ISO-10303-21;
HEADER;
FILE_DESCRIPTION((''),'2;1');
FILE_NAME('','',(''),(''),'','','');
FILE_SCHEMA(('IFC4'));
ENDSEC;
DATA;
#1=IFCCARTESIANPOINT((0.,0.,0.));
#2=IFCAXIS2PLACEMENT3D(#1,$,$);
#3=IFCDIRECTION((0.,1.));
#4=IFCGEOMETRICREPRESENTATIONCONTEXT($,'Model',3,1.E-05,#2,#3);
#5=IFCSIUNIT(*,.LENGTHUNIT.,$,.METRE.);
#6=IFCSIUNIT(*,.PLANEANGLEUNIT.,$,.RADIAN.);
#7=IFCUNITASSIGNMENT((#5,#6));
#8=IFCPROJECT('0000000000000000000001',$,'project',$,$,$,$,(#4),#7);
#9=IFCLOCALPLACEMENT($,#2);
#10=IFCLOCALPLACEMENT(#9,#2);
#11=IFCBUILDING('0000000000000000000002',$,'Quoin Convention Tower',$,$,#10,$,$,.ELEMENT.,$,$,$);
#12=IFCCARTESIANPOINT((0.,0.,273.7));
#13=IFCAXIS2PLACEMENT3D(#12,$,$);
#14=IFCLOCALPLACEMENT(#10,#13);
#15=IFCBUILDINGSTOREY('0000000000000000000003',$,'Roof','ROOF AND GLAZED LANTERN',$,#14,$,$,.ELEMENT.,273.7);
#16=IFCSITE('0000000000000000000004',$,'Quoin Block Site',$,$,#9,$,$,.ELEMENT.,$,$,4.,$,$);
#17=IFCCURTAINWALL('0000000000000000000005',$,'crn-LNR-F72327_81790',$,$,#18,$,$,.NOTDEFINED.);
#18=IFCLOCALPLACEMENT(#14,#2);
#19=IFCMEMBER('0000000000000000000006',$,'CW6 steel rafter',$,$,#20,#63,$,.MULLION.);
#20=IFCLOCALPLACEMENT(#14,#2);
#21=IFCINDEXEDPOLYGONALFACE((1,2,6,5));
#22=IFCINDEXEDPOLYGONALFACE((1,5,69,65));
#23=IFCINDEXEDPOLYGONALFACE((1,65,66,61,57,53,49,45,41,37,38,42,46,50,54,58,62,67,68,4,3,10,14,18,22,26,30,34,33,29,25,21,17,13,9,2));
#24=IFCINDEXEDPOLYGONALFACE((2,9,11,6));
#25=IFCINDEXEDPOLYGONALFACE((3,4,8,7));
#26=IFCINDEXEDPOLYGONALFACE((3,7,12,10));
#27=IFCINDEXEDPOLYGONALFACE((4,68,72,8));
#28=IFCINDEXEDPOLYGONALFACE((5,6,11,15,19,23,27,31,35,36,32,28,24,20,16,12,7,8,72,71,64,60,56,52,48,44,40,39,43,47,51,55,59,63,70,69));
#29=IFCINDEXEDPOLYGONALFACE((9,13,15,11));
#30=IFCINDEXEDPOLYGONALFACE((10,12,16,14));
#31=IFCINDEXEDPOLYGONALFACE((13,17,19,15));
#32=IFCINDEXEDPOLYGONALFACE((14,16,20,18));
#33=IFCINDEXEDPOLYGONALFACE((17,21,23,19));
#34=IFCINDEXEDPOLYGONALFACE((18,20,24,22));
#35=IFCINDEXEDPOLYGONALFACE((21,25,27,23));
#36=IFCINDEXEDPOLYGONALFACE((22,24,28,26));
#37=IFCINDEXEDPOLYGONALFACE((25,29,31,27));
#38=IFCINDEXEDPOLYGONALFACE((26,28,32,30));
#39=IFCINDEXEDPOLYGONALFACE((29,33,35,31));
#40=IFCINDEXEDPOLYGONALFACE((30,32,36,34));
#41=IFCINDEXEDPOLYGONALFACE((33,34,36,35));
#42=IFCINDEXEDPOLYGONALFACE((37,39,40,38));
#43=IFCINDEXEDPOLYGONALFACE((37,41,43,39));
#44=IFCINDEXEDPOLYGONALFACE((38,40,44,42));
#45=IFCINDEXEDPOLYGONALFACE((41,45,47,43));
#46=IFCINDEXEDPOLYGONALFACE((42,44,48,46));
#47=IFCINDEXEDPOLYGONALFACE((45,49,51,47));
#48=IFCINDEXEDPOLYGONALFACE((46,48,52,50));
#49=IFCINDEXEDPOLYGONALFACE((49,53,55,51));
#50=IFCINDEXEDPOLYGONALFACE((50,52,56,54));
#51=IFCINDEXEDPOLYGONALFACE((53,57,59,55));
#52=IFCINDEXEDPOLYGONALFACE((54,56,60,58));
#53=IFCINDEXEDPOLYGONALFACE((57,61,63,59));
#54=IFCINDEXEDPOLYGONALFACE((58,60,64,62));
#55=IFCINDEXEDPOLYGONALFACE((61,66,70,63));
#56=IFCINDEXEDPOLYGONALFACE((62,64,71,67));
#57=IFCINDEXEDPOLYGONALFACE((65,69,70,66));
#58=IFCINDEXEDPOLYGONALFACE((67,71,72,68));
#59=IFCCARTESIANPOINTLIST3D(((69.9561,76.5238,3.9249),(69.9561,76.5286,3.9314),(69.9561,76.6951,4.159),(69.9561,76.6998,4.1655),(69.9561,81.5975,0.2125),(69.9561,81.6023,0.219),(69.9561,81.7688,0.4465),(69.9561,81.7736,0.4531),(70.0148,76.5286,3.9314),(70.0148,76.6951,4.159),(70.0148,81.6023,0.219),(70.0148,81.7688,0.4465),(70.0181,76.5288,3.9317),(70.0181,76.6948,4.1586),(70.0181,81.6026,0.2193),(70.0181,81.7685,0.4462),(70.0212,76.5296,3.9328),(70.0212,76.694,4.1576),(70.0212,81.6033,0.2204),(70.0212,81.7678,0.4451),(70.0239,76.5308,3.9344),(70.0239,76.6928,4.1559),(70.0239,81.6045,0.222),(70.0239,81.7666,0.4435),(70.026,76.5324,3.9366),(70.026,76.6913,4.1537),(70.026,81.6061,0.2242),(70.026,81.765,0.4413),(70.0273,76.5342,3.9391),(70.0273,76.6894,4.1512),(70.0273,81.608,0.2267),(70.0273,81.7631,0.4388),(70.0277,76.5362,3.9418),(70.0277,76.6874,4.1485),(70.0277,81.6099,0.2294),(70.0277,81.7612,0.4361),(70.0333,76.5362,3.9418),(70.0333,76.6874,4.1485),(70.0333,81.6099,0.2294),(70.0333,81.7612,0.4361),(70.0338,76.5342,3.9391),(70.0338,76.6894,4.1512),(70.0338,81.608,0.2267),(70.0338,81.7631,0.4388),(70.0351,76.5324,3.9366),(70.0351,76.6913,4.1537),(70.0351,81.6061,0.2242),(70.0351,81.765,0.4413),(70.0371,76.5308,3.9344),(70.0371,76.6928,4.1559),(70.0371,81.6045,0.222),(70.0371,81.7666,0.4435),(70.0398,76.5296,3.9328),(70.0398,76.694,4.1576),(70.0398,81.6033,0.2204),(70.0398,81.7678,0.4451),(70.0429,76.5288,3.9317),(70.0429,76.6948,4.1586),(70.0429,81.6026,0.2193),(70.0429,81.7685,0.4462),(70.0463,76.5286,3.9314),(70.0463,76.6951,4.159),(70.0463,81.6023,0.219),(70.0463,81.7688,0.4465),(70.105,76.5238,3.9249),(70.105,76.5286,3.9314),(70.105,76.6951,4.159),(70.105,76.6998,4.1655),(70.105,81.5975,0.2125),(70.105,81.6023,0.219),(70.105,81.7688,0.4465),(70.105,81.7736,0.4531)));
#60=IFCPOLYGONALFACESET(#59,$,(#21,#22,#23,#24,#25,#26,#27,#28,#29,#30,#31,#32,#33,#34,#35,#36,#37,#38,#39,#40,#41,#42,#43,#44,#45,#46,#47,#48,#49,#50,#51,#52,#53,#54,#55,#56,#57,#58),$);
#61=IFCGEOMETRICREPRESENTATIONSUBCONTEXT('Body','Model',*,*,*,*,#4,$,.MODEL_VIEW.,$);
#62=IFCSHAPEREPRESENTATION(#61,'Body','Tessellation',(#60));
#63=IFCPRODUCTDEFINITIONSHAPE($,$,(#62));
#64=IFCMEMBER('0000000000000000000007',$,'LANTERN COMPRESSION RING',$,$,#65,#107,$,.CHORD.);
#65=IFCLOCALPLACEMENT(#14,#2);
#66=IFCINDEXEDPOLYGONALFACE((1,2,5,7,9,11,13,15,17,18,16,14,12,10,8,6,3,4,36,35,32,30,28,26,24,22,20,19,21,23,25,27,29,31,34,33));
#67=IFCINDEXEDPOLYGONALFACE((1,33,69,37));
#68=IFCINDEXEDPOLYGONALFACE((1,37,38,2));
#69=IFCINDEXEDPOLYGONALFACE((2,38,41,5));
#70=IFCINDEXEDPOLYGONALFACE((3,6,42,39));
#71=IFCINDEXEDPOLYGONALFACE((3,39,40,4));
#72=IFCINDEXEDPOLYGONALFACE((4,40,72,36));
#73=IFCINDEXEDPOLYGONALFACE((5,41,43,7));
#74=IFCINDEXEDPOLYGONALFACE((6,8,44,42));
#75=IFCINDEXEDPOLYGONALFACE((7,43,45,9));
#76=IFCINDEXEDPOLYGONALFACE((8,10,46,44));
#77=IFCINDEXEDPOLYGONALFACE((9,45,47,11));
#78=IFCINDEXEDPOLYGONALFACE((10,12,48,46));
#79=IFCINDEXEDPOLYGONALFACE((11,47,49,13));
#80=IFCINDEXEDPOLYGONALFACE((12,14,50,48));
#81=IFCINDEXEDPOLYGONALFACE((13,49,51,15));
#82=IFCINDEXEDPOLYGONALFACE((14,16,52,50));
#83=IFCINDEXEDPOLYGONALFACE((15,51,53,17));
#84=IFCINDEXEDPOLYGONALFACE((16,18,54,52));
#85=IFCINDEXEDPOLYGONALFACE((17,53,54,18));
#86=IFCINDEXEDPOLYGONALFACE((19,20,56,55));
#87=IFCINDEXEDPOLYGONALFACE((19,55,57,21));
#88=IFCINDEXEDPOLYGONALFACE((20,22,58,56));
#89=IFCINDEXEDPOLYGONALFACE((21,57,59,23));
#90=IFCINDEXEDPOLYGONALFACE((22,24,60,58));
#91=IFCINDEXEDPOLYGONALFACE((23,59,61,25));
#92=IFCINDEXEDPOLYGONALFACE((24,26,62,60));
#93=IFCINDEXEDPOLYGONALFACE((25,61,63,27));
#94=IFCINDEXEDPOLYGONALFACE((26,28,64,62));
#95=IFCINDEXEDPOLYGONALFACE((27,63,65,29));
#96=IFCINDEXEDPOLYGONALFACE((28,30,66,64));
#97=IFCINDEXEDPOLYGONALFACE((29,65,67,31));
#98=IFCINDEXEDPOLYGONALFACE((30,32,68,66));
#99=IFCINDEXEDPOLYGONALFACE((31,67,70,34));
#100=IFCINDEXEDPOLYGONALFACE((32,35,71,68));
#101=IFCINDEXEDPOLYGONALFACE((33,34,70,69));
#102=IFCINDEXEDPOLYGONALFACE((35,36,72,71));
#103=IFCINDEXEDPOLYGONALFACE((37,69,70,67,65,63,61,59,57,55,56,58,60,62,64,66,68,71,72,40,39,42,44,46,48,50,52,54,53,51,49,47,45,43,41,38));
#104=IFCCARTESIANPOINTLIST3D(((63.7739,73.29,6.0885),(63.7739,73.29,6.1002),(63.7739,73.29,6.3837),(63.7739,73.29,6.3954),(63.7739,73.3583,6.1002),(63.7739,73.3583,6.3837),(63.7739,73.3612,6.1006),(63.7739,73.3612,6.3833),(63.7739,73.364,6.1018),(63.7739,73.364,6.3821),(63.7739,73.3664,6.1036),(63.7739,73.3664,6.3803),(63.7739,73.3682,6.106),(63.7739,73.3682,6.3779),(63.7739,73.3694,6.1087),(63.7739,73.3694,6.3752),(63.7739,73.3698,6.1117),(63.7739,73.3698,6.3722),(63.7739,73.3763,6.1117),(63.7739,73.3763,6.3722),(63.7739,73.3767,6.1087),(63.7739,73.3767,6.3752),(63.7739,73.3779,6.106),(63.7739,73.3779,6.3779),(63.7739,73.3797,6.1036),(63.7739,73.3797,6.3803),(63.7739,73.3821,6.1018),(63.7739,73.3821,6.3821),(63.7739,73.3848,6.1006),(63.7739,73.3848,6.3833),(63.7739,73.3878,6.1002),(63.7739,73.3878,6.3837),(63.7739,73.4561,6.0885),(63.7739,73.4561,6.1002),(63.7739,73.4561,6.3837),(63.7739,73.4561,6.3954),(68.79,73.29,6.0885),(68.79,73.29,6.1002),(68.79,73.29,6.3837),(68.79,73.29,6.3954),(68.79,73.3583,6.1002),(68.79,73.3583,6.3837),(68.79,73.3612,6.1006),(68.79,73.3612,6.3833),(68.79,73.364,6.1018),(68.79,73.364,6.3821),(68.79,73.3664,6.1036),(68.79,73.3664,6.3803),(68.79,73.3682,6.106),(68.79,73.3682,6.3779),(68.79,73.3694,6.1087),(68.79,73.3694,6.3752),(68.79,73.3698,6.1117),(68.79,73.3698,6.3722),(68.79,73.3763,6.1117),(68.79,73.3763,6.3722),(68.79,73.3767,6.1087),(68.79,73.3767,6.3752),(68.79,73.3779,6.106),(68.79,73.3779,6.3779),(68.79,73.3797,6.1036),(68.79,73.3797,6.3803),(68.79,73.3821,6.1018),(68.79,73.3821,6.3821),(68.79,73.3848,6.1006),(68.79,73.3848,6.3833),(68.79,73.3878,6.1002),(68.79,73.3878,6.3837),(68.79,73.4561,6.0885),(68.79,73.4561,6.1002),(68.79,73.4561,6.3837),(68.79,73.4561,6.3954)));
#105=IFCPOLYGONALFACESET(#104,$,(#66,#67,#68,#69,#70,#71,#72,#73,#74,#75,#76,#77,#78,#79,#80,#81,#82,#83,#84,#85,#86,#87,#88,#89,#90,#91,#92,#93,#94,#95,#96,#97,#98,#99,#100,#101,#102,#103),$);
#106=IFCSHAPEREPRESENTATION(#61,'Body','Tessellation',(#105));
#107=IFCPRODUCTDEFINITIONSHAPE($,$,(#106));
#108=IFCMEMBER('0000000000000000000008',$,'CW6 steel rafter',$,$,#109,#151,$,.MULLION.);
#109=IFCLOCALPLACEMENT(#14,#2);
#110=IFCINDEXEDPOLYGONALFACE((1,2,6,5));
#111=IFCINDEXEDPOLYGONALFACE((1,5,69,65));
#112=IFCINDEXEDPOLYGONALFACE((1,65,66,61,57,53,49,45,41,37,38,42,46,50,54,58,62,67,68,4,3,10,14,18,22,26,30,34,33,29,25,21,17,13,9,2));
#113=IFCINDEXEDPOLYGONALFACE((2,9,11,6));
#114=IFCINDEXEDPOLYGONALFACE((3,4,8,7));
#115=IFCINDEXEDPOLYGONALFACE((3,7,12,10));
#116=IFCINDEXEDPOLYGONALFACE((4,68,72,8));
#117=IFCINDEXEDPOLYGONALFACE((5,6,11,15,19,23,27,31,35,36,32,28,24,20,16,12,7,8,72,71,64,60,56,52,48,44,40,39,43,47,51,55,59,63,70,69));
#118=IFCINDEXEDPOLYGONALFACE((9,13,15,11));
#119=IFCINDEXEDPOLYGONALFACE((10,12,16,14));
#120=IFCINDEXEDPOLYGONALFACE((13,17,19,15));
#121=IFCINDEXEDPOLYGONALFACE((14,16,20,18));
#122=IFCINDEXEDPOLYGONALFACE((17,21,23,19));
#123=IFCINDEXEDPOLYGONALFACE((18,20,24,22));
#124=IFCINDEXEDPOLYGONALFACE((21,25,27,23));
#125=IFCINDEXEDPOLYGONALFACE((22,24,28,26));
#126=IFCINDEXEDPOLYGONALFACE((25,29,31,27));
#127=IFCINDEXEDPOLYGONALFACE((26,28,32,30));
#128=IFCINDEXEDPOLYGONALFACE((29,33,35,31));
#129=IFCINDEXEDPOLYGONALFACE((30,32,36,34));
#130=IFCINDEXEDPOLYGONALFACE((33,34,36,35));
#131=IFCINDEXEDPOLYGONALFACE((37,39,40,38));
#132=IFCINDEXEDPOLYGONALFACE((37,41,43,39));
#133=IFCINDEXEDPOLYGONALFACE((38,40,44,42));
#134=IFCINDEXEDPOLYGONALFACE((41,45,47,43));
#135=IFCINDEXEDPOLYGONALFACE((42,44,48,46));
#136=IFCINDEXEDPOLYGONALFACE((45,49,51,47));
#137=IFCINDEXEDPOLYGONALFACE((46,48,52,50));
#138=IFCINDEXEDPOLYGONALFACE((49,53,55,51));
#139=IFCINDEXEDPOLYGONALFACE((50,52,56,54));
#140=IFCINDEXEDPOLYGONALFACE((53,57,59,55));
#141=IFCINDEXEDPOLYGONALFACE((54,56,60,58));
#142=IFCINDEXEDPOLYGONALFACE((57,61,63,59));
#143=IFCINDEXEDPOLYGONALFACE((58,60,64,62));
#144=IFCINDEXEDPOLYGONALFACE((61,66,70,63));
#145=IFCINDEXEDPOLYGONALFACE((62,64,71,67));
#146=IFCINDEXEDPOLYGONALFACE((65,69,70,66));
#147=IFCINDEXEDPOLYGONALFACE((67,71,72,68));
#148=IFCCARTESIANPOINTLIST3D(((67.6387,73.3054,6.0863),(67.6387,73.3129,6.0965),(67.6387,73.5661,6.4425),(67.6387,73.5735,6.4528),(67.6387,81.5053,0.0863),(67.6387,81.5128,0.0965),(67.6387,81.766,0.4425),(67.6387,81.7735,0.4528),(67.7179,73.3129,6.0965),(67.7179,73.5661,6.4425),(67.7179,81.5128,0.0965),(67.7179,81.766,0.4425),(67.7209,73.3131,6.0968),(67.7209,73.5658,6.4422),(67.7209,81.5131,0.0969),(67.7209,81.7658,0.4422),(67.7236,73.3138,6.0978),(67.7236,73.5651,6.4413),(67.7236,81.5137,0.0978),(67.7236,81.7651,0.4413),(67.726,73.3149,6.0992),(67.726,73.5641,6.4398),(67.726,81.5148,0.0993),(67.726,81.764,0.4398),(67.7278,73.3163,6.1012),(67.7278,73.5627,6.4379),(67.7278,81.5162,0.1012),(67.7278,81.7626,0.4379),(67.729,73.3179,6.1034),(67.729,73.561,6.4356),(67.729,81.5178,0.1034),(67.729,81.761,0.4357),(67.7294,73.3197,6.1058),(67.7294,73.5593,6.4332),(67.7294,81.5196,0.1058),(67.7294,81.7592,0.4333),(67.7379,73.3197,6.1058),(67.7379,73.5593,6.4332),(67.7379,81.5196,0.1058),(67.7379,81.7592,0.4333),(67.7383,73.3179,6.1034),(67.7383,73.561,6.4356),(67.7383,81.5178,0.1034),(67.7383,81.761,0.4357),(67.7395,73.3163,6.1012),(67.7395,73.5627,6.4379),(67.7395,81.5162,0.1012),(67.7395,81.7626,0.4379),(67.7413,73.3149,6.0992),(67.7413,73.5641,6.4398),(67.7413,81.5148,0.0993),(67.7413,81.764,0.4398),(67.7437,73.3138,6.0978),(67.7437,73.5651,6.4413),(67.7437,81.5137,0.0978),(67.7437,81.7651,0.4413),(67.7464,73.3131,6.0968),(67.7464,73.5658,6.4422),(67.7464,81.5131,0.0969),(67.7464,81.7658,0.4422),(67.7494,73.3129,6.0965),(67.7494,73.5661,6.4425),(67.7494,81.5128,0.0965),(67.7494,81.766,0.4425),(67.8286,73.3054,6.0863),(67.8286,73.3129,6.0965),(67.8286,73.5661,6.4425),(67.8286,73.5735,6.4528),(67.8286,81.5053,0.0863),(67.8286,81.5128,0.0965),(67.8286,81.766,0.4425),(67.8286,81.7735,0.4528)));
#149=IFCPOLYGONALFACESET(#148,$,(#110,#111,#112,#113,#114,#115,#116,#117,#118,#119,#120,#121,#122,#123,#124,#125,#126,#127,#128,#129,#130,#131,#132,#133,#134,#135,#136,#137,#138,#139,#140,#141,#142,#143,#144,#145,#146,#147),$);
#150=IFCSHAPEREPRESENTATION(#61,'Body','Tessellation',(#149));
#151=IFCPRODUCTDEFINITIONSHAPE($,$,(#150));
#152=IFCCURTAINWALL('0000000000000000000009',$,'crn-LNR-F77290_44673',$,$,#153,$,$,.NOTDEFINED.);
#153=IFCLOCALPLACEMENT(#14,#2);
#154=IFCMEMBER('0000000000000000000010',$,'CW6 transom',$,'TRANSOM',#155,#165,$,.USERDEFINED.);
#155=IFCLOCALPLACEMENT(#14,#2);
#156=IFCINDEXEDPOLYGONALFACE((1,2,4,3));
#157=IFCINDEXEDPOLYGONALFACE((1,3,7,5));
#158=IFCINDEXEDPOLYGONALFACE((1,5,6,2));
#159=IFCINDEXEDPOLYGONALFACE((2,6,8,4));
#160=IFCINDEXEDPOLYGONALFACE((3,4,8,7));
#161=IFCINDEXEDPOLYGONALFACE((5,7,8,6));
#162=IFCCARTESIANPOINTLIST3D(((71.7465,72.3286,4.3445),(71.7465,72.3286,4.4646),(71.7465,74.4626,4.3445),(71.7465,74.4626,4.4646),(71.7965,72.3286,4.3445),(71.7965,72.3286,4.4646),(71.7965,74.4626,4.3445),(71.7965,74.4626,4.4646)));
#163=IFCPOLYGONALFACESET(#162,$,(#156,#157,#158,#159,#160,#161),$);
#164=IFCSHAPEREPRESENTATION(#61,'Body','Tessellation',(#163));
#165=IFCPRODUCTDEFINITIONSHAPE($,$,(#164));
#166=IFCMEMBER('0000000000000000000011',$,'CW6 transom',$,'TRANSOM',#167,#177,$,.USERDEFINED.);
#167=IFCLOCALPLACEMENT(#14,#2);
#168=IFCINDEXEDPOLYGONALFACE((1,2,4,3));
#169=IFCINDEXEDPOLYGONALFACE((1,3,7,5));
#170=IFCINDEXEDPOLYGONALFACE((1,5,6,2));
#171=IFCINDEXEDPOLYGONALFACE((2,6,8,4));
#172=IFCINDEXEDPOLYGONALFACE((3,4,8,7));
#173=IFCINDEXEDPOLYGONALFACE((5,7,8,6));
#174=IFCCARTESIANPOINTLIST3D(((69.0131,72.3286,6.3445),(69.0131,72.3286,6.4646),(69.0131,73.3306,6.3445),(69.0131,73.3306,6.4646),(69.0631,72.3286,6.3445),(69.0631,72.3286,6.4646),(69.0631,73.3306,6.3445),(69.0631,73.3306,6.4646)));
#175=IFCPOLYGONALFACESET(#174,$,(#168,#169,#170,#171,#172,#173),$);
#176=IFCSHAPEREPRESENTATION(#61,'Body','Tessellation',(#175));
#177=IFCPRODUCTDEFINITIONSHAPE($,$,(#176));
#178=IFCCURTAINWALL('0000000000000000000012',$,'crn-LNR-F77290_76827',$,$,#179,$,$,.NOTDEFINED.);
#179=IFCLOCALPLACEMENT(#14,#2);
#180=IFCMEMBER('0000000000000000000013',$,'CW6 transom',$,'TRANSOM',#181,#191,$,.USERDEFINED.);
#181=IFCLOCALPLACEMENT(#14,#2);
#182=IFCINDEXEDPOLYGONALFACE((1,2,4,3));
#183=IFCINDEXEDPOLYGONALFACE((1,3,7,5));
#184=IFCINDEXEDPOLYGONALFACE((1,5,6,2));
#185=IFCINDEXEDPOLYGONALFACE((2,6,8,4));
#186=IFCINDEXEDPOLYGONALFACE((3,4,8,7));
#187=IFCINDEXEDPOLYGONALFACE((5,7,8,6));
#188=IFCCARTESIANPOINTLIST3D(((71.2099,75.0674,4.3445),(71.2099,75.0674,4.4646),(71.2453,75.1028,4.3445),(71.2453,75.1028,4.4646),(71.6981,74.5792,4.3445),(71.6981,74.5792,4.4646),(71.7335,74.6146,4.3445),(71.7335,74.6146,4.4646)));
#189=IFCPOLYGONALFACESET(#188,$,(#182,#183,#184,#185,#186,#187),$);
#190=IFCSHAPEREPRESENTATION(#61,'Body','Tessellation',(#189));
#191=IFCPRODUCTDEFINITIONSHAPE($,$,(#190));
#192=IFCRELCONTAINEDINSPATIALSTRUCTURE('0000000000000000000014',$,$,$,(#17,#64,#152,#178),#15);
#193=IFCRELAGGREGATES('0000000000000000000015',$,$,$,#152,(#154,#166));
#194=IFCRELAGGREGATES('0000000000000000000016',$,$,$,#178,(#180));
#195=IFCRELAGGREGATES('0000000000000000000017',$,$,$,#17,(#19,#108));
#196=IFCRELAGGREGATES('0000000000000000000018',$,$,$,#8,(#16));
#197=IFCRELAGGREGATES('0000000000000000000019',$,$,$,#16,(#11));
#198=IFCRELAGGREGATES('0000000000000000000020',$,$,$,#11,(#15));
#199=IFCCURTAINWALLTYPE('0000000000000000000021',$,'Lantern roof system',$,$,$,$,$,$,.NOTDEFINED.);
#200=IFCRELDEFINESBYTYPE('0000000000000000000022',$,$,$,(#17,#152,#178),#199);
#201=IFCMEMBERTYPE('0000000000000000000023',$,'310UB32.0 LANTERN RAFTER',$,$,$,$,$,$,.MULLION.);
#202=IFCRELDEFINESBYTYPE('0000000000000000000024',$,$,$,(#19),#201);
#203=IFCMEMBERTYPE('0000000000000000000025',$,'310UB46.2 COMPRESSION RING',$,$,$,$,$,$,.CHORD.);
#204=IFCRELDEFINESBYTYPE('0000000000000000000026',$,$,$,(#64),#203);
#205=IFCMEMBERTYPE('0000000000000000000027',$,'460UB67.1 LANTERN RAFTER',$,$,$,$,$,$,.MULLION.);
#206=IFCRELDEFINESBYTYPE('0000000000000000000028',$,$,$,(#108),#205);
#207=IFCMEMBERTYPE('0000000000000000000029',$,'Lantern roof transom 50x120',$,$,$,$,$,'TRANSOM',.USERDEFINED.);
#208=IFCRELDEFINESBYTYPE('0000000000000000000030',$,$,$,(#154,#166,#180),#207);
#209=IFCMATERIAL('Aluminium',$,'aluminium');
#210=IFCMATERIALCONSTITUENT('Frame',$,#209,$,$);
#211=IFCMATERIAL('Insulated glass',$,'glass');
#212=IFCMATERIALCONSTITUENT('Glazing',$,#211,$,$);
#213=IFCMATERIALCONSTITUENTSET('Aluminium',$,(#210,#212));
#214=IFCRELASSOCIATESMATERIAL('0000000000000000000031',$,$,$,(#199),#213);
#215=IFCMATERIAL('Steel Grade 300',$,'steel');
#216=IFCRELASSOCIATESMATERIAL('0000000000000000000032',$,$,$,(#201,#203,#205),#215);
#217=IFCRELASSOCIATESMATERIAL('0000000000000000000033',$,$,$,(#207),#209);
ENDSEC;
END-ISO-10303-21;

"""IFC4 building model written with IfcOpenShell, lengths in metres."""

from ifc_helpers import new_model, si_unit, direction, frame, origin, origin_2d, place, context, subcontext, project, spatial, rectangle, i_section, extrude, material, constituent, constituent_set, material_profile, profile_set, type_object, element, aggregate, save


model = new_model("IFC4")

# Units and contexts
model_context = context("Model", 3, precision=1e-05, world=origin(), true_north=direction((0.0, 1.0)))
body_context = subcontext(model_context, "Body", "Model", "MODEL_VIEW")
ifc_project = project(units=[si_unit("LENGTHUNIT", "METRE"), si_unit("PLANEANGLEUNIT", "RADIAN")], contexts=[model_context])

# Site, building, storey
site_placement = place(None, origin())
site = spatial("IfcSite", under=ifc_project, at=site_placement, Name="Quoin Block Site", CompositionType="ELEMENT", RefElevation=4.0)
building_placement = place(site_placement, origin())
building = spatial("IfcBuilding", under=site, at=building_placement, Name="Quoin Convention Tower", CompositionType="ELEMENT")
storey_placement = place(building_placement, frame((0.0, 0.0, 273.7)))
storey = spatial("IfcBuildingStorey", under=building, at=storey_placement, Name="Roof", Description="ROOF AND GLAZED LANTERN", CompositionType="ELEMENT", Elevation=273.7)

# Curtain wall, member
ifc_material_1 = material(Name="Aluminium", Category="aluminium")
ifc_constituent_1 = constituent(ifc_material_1, Name="Frame")
ifc_material_2 = material(Name="Insulated glass", Category="glass")
ifc_constituent_2 = constituent(ifc_material_2, Name="Glazing")
ifc_constituent_set = constituent_set(constituents=[ifc_constituent_1, ifc_constituent_2], Name="Aluminium")
curtain_wall_type = type_object("IfcCurtainWallType", Name="Lantern roof system", PredefinedType="NOTDEFINED", material=ifc_constituent_set)
curtain_wall_1_placement = place(storey_placement, origin())
curtain_wall_1 = element("IfcCurtainWall", 1, at=curtain_wall_1_placement, inside=storey, type_object=curtain_wall_type, Name="crn-LNR-F72327_81790", PredefinedType="NOTDEFINED")
ifc_material_3 = material(Name="Steel Grade 300", Category="steel")
ifc_material_profile_1 = material_profile(ifc_material_3, i_section(OverallWidth=0.1489, OverallDepth=0.2981, WebThickness=0.0056, FlangeThickness=0.0081, FilletRadius=0.0129, at=origin_2d()), Name="310UB32.0")
ifc_profile_set_1 = profile_set([ifc_material_profile_1], Name="Steel Grade 300")
member_type_1 = type_object("IfcMemberType", Name="310UB32.0 LANTERN RAFTER", PredefinedType="MULLION", material=ifc_profile_set_1)
member_1_placement = place(storey_placement, frame((70.0305, 81.6855, 0.3328), z_axis=(0.0, -0.807037, 0.590501), x_axis=(1.0, 0.0, 0.0)))
member_1 = element("IfcMember", 2, at=member_1_placement, type_object=member_type_1, Name="CW6 steel rafter", PredefinedType="MULLION", context=body_context, shape_type="SweptSolid", body=[
    extrude(i_section(OverallWidth=0.1489, OverallDepth=0.2981, WebThickness=0.0056, FlangeThickness=0.0081, FilletRadius=0.0129, at=origin_2d()), origin(), (0.0, 0.0, 1.0), 6.2869),
])

# Members
ifc_material_profile_2 = material_profile(ifc_material_3, i_section(OverallWidth=0.166, OverallDepth=0.3069, WebThickness=0.0066, FlangeThickness=0.0117, FilletRadius=0.0115, at=origin_2d()), Name="310UB46.2")
ifc_profile_set_2 = profile_set([ifc_material_profile_2], Name="Steel Grade 300")
member_type_2 = type_object("IfcMemberType", Name="310UB46.2 COMPRESSION RING", PredefinedType="CHORD", material=ifc_profile_set_2)
member_2_placement = place(storey_placement, frame((68.79, 73.373, 6.2419), z_axis=(-1.0, 0.0, 0.0), x_axis=(0.0, -1.0, 0.0)))
element("IfcMember", 3, at=member_2_placement, inside=storey, type_object=member_type_2, Name="LANTERN COMPRESSION RING", PredefinedType="CHORD", context=body_context, shape_type="SweptSolid", body=[
    extrude(i_section(OverallWidth=0.166, OverallDepth=0.3069, WebThickness=0.0066, FlangeThickness=0.0117, FilletRadius=0.0115, at=origin_2d()), origin(), (0.0, 0.0, 1.0), 5.0161),
])
ifc_material_profile_3 = material_profile(ifc_material_3, i_section(OverallWidth=0.1899, OverallDepth=0.4541, WebThickness=0.0085, FlangeThickness=0.0127, FilletRadius=0.0115, at=origin_2d()), Name="460UB67.1")
ifc_profile_set_3 = profile_set([ifc_material_profile_3], Name="Steel Grade 300")
member_type_3 = type_object("IfcMemberType", Name="460UB67.1 LANTERN RAFTER", PredefinedType="MULLION", material=ifc_profile_set_3)
member_3_placement = place(storey_placement, frame((67.7336, 81.6394, 0.2695), z_axis=(0.0, -0.807029, 0.590512), x_axis=(1.0, 0.0, 0.0)))
member_3 = element("IfcMember", 4, at=member_3_placement, type_object=member_type_3, Name="CW6 steel rafter", PredefinedType="MULLION", context=body_context, shape_type="SweptSolid", body=[
    extrude(i_section(OverallWidth=0.1899, OverallDepth=0.4541, WebThickness=0.0085, FlangeThickness=0.0127, FilletRadius=0.0115, at=origin_2d()), origin(), (0.0, 0.0, 1.0), 10.1606),
])

# Curtain walls, members
curtain_wall_2_placement = place(storey_placement, origin())
curtain_wall_2 = element("IfcCurtainWall", 5, at=curtain_wall_2_placement, inside=storey, type_object=curtain_wall_type, Name="crn-LNR-F77290_44673", PredefinedType="NOTDEFINED")
ifc_material_profile_4 = material_profile(ifc_material_1, rectangle(XDim=0.1201, YDim=0.05, at=origin_2d()), Name="Lantern roof transom 50x120")
ifc_profile_set_4 = profile_set([ifc_material_profile_4], Name="Aluminium")
member_type_4 = type_object("IfcMemberType", Name="Lantern roof transom 50x120", ElementType="TRANSOM", PredefinedType="USERDEFINED", material=ifc_profile_set_4)
member_4_placement = place(storey_placement, frame((71.7715, 72.3286, 4.4045), z_axis=(0.0, 1.0, 0.0), x_axis=(0.0, 0.0, 1.0)))
member_4 = element("IfcMember", 6, at=member_4_placement, type_object=member_type_4, Name="CW6 transom", ObjectType="TRANSOM", PredefinedType="USERDEFINED", context=body_context, shape_type="SweptSolid", body=[
    extrude(rectangle(XDim=0.1201, YDim=0.05, at=origin_2d()), origin(), (0.0, 0.0, 1.0), 2.134),
])
member_5_placement = place(storey_placement, frame((69.0381, 72.3286, 6.4045), z_axis=(0.0, 1.0, 0.0), x_axis=(0.0, 0.0, 1.0)))
member_5 = element("IfcMember", 7, at=member_5_placement, type_object=member_type_4, Name="CW6 transom", ObjectType="TRANSOM", PredefinedType="USERDEFINED", context=body_context, shape_type="SweptSolid", body=[
    extrude(rectangle(XDim=0.1201, YDim=0.05, at=origin_2d()), origin(), (0.0, 0.0, 1.0), 1.002),
])
curtain_wall_3_placement = place(storey_placement, origin())
curtain_wall_3 = element("IfcCurtainWall", 8, at=curtain_wall_3_placement, inside=storey, type_object=curtain_wall_type, Name="crn-LNR-F77290_76827", PredefinedType="NOTDEFINED")
member_6_placement = place(storey_placement, frame((71.7158, 74.5969, 4.4045), z_axis=(-0.707107, 0.707107, 0.0), x_axis=(0.0, 0.0, 1.0)))
member_6 = element("IfcMember", 9, at=member_6_placement, type_object=member_type_4, Name="CW6 transom", ObjectType="TRANSOM", PredefinedType="USERDEFINED", context=body_context, shape_type="SweptSolid", body=[
    extrude(rectangle(XDim=0.1201, YDim=0.05, at=origin_2d()), origin(), (0.0, 0.0, 1.0), 0.6904),
])

aggregate(curtain_wall_2, [member_4, member_5])
aggregate(curtain_wall_3, [member_6])
aggregate(curtain_wall_1, [member_1, member_3])

save(model, "model.ifc")
